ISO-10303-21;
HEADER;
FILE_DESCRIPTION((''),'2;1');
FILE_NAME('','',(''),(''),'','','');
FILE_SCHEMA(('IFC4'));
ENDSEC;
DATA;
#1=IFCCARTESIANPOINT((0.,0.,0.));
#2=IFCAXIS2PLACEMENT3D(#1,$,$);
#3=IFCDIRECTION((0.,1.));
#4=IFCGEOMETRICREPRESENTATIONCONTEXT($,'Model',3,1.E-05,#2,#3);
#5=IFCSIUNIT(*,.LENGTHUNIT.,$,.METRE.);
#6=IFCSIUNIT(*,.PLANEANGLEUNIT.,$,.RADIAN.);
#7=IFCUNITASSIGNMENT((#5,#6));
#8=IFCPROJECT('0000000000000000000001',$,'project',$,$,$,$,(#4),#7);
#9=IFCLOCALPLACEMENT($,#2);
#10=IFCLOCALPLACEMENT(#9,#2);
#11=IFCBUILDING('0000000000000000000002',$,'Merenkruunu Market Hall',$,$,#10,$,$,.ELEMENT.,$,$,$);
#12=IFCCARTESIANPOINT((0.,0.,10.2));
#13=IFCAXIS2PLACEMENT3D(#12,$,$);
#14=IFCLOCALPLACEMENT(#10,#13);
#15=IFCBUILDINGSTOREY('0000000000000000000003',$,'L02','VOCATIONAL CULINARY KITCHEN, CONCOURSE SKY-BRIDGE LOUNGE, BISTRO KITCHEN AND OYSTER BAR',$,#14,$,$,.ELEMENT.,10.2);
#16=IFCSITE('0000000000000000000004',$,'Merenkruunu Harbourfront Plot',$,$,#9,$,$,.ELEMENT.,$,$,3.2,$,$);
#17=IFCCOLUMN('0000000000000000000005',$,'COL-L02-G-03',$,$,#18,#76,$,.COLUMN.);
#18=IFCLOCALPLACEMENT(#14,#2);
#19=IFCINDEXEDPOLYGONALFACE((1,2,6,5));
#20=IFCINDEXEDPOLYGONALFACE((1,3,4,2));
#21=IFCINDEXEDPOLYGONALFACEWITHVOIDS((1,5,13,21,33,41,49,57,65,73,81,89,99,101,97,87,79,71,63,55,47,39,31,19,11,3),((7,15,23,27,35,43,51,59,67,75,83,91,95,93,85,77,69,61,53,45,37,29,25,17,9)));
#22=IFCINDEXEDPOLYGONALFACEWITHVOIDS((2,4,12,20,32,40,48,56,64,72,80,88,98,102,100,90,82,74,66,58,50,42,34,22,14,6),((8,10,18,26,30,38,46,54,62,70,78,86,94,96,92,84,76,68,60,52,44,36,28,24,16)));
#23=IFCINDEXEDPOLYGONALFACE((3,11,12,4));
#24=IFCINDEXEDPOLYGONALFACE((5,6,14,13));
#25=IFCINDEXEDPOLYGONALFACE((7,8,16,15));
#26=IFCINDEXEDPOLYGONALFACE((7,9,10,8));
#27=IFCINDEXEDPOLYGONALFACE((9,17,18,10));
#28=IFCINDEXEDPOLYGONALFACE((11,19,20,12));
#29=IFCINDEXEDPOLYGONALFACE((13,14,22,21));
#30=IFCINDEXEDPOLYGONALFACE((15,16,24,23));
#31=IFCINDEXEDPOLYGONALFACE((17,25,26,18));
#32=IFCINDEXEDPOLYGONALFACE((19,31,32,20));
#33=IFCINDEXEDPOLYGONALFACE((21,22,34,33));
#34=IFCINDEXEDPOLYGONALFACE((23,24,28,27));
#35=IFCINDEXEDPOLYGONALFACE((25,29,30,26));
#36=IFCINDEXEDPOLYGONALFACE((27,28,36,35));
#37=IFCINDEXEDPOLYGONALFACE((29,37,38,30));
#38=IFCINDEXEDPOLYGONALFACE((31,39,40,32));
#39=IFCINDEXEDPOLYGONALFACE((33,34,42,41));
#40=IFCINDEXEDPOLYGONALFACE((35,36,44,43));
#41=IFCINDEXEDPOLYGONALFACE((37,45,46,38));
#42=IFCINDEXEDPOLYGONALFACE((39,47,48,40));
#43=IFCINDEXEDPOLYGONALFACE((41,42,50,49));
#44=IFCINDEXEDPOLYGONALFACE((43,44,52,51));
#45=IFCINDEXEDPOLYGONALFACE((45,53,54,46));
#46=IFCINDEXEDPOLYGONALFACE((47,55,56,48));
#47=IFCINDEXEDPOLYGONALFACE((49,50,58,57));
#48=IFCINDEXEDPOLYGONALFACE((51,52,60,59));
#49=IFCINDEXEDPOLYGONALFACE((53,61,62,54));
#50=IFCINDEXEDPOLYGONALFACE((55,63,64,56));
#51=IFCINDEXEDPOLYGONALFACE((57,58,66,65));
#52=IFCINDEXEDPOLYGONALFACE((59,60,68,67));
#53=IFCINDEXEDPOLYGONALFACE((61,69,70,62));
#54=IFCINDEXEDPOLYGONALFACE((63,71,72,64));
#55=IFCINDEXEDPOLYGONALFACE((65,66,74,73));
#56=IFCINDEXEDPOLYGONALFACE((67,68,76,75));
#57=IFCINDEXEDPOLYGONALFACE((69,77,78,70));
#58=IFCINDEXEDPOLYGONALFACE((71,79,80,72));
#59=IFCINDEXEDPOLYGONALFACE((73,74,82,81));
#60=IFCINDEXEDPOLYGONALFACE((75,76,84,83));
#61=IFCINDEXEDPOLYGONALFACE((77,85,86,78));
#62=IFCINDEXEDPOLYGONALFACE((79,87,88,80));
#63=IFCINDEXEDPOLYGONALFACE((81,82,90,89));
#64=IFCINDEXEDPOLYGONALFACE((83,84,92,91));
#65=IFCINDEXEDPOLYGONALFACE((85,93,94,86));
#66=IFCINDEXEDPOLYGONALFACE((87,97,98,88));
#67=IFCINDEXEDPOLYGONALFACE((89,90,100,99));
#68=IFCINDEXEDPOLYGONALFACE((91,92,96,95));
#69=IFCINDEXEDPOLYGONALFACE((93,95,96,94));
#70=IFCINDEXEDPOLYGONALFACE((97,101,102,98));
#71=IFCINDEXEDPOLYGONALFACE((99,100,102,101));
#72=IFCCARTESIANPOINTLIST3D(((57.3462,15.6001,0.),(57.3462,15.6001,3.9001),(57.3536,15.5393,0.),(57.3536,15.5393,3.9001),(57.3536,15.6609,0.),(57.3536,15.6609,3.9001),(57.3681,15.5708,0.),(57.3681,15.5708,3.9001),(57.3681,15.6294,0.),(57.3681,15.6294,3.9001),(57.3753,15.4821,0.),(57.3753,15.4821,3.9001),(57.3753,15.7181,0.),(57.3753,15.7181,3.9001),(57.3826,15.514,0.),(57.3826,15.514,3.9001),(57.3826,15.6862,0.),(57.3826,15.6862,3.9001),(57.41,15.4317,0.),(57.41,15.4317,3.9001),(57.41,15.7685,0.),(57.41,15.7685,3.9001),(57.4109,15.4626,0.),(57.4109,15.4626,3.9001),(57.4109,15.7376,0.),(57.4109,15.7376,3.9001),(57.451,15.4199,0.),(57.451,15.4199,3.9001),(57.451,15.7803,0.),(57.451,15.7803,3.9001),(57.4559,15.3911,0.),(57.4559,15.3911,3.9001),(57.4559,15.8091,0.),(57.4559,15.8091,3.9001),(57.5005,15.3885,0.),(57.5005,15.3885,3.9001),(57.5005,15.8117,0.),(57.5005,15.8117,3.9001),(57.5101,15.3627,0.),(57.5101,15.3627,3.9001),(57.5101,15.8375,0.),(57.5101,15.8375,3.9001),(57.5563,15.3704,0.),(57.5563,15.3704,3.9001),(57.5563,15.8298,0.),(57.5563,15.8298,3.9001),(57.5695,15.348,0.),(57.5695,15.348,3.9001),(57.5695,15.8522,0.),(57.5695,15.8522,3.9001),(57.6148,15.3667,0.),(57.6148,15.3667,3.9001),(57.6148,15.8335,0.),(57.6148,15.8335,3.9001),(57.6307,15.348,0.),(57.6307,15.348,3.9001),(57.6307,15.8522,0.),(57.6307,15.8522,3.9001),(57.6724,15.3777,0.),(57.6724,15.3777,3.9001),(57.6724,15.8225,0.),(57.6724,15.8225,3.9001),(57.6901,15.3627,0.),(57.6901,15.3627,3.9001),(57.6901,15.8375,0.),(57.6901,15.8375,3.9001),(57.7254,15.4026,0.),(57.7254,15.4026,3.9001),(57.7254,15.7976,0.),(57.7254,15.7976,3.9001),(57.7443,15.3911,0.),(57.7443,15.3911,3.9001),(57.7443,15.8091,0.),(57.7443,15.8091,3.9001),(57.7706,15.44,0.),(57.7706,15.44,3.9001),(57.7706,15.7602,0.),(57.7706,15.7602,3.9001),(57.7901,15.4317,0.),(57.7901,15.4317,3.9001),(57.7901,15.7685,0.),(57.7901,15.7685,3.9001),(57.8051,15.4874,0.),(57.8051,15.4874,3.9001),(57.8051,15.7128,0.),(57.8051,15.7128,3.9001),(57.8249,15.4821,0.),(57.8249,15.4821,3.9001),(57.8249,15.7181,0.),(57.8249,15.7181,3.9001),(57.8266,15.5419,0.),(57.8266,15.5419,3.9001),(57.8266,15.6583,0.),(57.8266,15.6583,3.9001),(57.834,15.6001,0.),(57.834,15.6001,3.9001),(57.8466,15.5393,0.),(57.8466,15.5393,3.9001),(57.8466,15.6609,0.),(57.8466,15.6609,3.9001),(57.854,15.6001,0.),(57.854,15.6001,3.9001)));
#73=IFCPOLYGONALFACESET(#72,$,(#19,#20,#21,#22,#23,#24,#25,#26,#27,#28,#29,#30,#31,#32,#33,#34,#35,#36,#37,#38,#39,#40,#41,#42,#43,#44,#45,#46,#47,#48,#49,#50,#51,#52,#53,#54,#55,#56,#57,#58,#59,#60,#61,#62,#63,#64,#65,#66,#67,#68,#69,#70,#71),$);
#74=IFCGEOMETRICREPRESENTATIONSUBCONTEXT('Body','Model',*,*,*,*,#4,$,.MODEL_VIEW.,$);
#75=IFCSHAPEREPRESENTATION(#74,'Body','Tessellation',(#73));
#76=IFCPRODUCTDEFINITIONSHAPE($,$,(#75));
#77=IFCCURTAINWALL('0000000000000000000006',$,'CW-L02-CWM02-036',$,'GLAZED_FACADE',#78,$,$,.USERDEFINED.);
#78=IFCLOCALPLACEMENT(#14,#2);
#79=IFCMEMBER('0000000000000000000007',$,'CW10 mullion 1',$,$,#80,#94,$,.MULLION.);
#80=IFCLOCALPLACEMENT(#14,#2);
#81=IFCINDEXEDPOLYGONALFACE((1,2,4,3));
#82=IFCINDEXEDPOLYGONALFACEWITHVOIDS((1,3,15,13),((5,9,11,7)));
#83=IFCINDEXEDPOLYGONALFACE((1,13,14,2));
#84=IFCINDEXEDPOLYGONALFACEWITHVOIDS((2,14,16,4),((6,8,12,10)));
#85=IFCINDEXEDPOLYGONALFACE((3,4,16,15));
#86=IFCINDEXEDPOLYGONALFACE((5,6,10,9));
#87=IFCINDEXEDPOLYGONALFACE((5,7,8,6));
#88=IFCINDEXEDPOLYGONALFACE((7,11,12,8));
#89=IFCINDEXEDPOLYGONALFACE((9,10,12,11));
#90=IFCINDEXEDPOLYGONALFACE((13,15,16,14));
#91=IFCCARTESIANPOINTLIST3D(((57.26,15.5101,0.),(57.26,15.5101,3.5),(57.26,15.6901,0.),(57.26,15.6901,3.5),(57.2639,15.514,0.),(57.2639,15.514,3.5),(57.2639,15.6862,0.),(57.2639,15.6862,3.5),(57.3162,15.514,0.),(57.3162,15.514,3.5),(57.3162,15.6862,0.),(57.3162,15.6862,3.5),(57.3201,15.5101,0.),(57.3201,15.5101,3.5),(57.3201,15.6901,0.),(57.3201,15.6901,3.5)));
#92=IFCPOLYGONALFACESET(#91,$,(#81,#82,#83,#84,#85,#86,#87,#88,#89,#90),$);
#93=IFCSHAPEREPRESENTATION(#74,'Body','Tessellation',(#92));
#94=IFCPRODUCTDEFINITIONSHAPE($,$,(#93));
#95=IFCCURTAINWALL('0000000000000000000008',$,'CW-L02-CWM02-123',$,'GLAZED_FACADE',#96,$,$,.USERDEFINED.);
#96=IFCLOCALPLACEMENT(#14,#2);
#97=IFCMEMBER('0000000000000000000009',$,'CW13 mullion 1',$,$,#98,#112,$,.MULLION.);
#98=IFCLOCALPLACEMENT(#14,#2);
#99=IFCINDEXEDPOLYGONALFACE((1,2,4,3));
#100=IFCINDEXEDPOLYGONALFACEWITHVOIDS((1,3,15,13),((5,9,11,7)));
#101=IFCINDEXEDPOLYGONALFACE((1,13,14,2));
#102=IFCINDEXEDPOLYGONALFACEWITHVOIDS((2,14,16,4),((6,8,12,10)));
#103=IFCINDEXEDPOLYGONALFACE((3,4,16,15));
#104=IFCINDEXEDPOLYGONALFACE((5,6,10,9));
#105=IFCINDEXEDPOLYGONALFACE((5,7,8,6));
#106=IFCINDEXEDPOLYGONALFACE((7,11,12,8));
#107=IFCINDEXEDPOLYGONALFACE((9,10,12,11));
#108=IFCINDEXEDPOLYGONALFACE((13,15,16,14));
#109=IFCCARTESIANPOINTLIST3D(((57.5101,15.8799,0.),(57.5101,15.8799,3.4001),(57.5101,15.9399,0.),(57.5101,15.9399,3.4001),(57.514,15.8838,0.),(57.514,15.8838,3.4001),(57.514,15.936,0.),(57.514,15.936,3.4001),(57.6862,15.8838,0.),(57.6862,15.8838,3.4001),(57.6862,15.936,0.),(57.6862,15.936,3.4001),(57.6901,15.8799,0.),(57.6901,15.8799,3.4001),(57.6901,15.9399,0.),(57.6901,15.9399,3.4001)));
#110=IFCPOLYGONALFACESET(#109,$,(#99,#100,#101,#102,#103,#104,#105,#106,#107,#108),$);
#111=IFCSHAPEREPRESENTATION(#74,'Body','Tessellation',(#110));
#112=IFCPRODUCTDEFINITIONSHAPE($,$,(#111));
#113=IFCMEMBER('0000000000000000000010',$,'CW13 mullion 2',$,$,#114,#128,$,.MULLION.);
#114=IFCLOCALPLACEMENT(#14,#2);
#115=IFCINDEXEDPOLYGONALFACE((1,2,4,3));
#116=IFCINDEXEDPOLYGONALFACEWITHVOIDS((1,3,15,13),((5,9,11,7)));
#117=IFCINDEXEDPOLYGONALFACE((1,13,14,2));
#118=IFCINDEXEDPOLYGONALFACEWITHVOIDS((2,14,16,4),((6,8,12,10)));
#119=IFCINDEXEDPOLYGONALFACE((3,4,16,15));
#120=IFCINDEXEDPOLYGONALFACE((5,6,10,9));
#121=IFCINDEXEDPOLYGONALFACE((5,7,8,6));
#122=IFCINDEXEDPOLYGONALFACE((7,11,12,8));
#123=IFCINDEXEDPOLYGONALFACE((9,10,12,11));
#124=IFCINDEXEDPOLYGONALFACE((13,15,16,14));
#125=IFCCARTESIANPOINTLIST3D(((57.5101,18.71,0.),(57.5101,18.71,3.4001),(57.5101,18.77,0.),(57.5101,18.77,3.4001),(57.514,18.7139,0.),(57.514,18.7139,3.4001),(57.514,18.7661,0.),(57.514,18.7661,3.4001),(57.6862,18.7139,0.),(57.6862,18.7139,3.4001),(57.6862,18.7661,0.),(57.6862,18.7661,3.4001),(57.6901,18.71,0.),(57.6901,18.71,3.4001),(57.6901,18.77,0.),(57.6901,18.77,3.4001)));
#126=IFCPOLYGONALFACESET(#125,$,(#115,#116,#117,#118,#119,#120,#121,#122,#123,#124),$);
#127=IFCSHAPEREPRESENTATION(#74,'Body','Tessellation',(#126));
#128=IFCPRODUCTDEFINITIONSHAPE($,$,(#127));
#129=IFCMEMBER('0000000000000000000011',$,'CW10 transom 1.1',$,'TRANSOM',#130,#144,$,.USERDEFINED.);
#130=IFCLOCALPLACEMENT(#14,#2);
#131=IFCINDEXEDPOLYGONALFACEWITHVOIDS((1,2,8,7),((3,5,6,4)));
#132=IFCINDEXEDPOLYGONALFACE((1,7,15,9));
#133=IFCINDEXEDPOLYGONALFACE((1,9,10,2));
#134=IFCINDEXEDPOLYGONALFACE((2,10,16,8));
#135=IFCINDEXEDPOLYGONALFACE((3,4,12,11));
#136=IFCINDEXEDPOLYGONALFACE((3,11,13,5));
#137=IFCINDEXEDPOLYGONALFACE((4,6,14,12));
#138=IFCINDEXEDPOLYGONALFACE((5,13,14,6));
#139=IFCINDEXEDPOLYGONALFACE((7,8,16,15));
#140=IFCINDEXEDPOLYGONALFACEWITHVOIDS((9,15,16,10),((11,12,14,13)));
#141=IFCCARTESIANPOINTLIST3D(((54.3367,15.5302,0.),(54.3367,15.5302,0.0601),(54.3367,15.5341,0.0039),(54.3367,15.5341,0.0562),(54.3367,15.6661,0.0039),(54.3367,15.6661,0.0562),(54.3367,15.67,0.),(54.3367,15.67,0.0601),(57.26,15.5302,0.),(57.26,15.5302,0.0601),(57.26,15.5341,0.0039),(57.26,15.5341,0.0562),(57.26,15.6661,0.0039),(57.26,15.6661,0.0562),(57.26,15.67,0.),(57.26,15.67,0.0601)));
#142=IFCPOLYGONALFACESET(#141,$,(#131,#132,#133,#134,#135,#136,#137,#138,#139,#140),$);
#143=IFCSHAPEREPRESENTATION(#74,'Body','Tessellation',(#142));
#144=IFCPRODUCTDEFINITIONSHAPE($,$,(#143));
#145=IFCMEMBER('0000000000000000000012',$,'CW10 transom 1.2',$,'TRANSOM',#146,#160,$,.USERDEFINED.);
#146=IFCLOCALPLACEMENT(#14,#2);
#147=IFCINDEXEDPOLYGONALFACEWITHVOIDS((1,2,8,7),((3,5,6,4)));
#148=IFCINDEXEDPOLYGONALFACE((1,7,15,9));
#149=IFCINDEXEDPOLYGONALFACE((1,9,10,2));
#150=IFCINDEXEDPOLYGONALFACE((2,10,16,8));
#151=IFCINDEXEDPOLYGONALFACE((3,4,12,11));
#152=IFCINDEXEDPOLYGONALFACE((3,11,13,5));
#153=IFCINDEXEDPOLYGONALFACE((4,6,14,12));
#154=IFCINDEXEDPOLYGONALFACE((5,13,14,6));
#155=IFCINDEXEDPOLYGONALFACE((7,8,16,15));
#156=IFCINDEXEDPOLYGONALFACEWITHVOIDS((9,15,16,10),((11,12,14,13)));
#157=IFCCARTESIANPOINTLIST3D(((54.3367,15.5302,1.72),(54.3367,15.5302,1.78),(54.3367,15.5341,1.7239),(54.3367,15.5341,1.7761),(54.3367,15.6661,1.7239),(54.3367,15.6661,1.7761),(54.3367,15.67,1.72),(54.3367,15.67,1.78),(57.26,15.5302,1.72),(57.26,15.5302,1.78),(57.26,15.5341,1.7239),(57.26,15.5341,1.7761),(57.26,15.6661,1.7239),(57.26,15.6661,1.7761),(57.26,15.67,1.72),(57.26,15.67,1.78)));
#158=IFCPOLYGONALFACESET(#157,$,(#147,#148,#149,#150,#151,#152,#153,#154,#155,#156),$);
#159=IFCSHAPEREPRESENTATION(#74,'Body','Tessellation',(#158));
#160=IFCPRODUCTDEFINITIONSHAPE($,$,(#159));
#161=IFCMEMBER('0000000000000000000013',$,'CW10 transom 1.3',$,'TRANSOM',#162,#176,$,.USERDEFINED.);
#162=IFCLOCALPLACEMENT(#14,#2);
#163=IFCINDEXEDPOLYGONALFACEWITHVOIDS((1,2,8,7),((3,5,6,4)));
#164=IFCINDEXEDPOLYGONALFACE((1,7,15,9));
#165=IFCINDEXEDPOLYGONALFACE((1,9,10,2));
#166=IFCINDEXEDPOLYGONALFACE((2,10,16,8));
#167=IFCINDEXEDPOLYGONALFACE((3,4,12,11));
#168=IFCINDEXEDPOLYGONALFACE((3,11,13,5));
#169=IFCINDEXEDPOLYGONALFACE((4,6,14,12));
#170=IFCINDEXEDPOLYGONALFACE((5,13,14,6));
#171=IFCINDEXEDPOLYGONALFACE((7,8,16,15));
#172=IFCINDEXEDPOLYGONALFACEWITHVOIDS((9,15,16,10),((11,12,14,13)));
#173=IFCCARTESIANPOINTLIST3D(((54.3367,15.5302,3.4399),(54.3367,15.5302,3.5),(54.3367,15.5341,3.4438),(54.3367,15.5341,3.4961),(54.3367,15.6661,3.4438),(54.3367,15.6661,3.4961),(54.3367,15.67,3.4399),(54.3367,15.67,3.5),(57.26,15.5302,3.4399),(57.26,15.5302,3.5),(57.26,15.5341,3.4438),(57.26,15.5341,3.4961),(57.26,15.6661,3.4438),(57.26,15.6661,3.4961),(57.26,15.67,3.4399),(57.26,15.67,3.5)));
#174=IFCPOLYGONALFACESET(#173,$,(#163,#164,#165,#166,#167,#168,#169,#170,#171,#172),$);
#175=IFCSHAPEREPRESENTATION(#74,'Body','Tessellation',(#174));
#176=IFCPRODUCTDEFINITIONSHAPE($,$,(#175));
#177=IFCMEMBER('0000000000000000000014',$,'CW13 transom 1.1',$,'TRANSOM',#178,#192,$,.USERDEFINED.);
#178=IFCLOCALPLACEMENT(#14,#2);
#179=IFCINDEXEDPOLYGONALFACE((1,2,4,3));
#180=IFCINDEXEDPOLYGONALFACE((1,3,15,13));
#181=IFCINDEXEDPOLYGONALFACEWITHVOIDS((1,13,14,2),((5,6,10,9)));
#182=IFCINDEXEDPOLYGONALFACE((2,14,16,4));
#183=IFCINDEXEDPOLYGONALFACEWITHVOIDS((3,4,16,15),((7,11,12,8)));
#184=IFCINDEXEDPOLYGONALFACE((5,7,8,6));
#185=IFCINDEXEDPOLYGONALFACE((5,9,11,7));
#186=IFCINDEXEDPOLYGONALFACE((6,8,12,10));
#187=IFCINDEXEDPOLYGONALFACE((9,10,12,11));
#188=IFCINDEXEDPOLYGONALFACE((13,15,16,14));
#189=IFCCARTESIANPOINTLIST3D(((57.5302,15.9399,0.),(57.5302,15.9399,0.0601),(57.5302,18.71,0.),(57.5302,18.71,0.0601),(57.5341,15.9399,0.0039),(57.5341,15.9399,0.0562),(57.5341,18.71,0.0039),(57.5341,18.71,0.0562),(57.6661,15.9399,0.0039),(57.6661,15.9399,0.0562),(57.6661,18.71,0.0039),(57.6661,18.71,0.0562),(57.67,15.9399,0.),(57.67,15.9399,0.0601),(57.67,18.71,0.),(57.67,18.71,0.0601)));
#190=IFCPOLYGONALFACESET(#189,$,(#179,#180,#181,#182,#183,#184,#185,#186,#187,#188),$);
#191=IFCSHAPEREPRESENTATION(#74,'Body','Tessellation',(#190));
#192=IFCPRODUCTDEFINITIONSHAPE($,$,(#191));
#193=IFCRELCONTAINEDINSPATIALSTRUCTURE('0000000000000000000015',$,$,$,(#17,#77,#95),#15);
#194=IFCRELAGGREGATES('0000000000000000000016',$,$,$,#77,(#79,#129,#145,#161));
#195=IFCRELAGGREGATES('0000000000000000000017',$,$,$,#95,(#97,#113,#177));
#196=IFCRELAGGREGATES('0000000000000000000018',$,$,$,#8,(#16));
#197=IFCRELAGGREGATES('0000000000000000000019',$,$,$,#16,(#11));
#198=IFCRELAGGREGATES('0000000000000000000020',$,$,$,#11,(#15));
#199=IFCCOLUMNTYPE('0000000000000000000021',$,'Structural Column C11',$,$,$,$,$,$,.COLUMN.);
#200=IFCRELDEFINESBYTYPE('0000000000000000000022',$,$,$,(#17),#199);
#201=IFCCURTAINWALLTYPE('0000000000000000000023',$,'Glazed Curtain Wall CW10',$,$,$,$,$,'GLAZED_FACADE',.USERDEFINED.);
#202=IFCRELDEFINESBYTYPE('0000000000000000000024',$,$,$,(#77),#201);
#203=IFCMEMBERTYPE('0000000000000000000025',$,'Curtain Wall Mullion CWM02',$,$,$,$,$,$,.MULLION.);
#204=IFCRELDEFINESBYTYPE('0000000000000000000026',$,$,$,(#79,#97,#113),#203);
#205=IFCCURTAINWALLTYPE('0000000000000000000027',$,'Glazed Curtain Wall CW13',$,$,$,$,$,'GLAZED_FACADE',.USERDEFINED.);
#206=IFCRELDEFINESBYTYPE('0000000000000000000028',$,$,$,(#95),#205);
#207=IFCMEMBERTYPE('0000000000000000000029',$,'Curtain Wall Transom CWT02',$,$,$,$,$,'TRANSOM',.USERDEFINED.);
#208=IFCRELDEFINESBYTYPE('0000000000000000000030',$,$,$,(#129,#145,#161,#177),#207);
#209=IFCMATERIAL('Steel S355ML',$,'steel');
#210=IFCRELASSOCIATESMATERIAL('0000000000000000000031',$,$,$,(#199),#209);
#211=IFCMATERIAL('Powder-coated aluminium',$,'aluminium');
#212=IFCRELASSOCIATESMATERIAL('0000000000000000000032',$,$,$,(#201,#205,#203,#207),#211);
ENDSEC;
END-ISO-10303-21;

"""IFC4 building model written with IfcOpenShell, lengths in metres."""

from ifc_helpers import new_model, si_unit, direction, frame, origin, origin_2d, place, context, subcontext, project, spatial, hollow_rectangle, hollow_circle, extrude, material, material_profile, profile_set, type_object, element, aggregate, save


model = new_model("IFC4")

# Units and contexts
model_context = context("Model", 3, precision=1e-05, world=origin(), true_north=direction((0.0, 1.0)))
body_context = subcontext(model_context, "Body", "Model", "MODEL_VIEW")
ifc_project = project(units=[si_unit("LENGTHUNIT", "METRE"), si_unit("PLANEANGLEUNIT", "RADIAN")], contexts=[model_context])

# Site, building, storey
site_placement = place(None, origin())
site = spatial("IfcSite", under=ifc_project, at=site_placement, Name="Merenkruunu Harbourfront Plot", CompositionType="ELEMENT", RefElevation=3.2)
building_placement = place(site_placement, origin())
building = spatial("IfcBuilding", under=site, at=building_placement, Name="Merenkruunu Market Hall", CompositionType="ELEMENT")
storey_placement = place(building_placement, frame((0.0, 0.0, 10.2)))
storey = spatial("IfcBuildingStorey", under=building, at=storey_placement, Name="L02", Description="VOCATIONAL CULINARY KITCHEN, CONCOURSE SKY-BRIDGE LOUNGE, BISTRO KITCHEN AND OYSTER BAR", CompositionType="ELEMENT", Elevation=10.2)

# Column
ifc_material_1 = material(Name="Steel S355ML", Category="steel")
ifc_material_profile_1 = material_profile(ifc_material_1, hollow_circle(Radius=0.2539, WallThickness=0.02, at=origin_2d()), Name="CHS 508x20")
ifc_profile_set_1 = profile_set([ifc_material_profile_1], Name="Steel S355ML")
column_type = type_object("IfcColumnType", Name="Structural Column C11", PredefinedType="COLUMN", material=ifc_profile_set_1)
column_placement = place(storey_placement, frame((57.6001, 15.6001, 0.0), z_axis=(0.0, 0.0, 1.0), x_axis=(1.0, 0.0, 0.0)))
element("IfcColumn", 1, at=column_placement, inside=storey, type_object=column_type, Name="COL-L02-G-03", PredefinedType="COLUMN", context=body_context, shape_type="SweptSolid", body=[
    extrude(hollow_circle(Radius=0.2539, WallThickness=0.02, at=origin_2d()), origin(), (0.0, 0.0, 1.0), 3.9001),
])

# Curtain wall, member
ifc_material_2 = material(Name="Powder-coated aluminium", Category="aluminium")
curtain_wall_type_1 = type_object("IfcCurtainWallType", Name="Glazed Curtain Wall CW10", ElementType="GLAZED_FACADE", PredefinedType="USERDEFINED", material=ifc_material_2)
curtain_wall_1_placement = place(storey_placement, origin())
curtain_wall_1 = element("IfcCurtainWall", 2, at=curtain_wall_1_placement, inside=storey, type_object=curtain_wall_type_1, Name="CW-L02-CWM02-036", ObjectType="GLAZED_FACADE", PredefinedType="USERDEFINED")
ifc_material_profile_2 = material_profile(ifc_material_2, hollow_rectangle(XDim=0.0601, YDim=0.1799, WallThickness=0.0039, at=origin_2d()), Name="ALU 60x180x4")
ifc_profile_set_2 = profile_set([ifc_material_profile_2], Name="Powder-coated aluminium")
member_type_1 = type_object("IfcMemberType", Name="Curtain Wall Mullion CWM02", PredefinedType="MULLION", material=ifc_profile_set_2)
member_1_placement = place(storey_placement, frame((57.29, 15.6001, 0.0), z_axis=(0.0, 0.0, 1.0), x_axis=(-1.0, 0.0, 0.0)))
member_1 = element("IfcMember", 3, at=member_1_placement, type_object=member_type_1, Name="CW10 mullion 1", PredefinedType="MULLION", context=body_context, shape_type="SweptSolid", body=[
    extrude(hollow_rectangle(XDim=0.0601, YDim=0.1799, WallThickness=0.0039, at=origin_2d()), origin(), (0.0, 0.0, 1.0), 3.5),
])

# Curtain wall, members
curtain_wall_type_2 = type_object("IfcCurtainWallType", Name="Glazed Curtain Wall CW13", ElementType="GLAZED_FACADE", PredefinedType="USERDEFINED", material=ifc_material_2)
curtain_wall_2_placement = place(storey_placement, origin())
curtain_wall_2 = element("IfcCurtainWall", 4, at=curtain_wall_2_placement, inside=storey, type_object=curtain_wall_type_2, Name="CW-L02-CWM02-123", ObjectType="GLAZED_FACADE", PredefinedType="USERDEFINED")
member_2_placement = place(storey_placement, frame((57.6001, 15.9099, 0.0), z_axis=(0.0, 0.0, 1.0), x_axis=(0.0, 1.0, 0.0)))
member_2 = element("IfcMember", 5, at=member_2_placement, type_object=member_type_1, Name="CW13 mullion 1", PredefinedType="MULLION", context=body_context, shape_type="SweptSolid", body=[
    extrude(hollow_rectangle(XDim=0.0601, YDim=0.1799, WallThickness=0.0039, at=origin_2d()), origin(), (0.0, 0.0, 1.0), 3.4001),
])
member_3_placement = place(storey_placement, frame((57.6001, 18.74, 0.0), z_axis=(0.0, 0.0, 1.0), x_axis=(0.0, 1.0, 0.0)))
member_3 = element("IfcMember", 6, at=member_3_placement, type_object=member_type_1, Name="CW13 mullion 2", PredefinedType="MULLION", context=body_context, shape_type="SweptSolid", body=[
    extrude(hollow_rectangle(XDim=0.0601, YDim=0.1799, WallThickness=0.0039, at=origin_2d()), origin(), (0.0, 0.0, 1.0), 3.4001),
])

# Members
ifc_material_profile_3 = material_profile(ifc_material_2, hollow_rectangle(XDim=0.0601, YDim=0.1399, WallThickness=0.0039, at=origin_2d()), Name="ALU 60x140x4")
ifc_profile_set_3 = profile_set([ifc_material_profile_3], Name="Powder-coated aluminium")
member_type_2 = type_object("IfcMemberType", Name="Curtain Wall Transom CWT02", ElementType="TRANSOM", PredefinedType="USERDEFINED", material=ifc_profile_set_3)
member_4_placement = place(storey_placement, frame((57.26, 15.6001, 0.03), z_axis=(-1.0, 0.0, 0.0), x_axis=(0.0, 0.0, 1.0)))
member_4 = element("IfcMember", 7, at=member_4_placement, type_object=member_type_2, Name="CW10 transom 1.1", ObjectType="TRANSOM", PredefinedType="USERDEFINED", context=body_context, shape_type="SweptSolid", body=[
    extrude(hollow_rectangle(XDim=0.0601, YDim=0.1399, WallThickness=0.0039, at=origin_2d()), origin(), (0.0, 0.0, 1.0), 2.9233),
])
member_5_placement = place(storey_placement, frame((57.26, 15.6001, 1.75), z_axis=(-1.0, 0.0, 0.0), x_axis=(0.0, 0.0, 1.0)))
member_5 = element("IfcMember", 8, at=member_5_placement, type_object=member_type_2, Name="CW10 transom 1.2", ObjectType="TRANSOM", PredefinedType="USERDEFINED", context=body_context, shape_type="SweptSolid", body=[
    extrude(hollow_rectangle(XDim=0.0601, YDim=0.1399, WallThickness=0.0039, at=origin_2d()), origin(), (0.0, 0.0, 1.0), 2.9233),
])
member_6_placement = place(storey_placement, frame((57.26, 15.6001, 3.47), z_axis=(-1.0, 0.0, 0.0), x_axis=(0.0, 0.0, 1.0)))
member_6 = element("IfcMember", 9, at=member_6_placement, type_object=member_type_2, Name="CW10 transom 1.3", ObjectType="TRANSOM", PredefinedType="USERDEFINED", context=body_context, shape_type="SweptSolid", body=[
    extrude(hollow_rectangle(XDim=0.0601, YDim=0.1399, WallThickness=0.0039, at=origin_2d()), origin(), (0.0, 0.0, 1.0), 2.9233),
])
member_7_placement = place(storey_placement, frame((57.6001, 15.9399, 0.03), z_axis=(0.0, 1.0, 0.0), x_axis=(0.0, 0.0, 1.0)))
member_7 = element("IfcMember", 10, at=member_7_placement, type_object=member_type_2, Name="CW13 transom 1.1", ObjectType="TRANSOM", PredefinedType="USERDEFINED", context=body_context, shape_type="SweptSolid", body=[
    extrude(hollow_rectangle(XDim=0.0601, YDim=0.1399, WallThickness=0.0039, at=origin_2d()), origin(), (0.0, 0.0, 1.0), 2.77),
])

aggregate(curtain_wall_1, [member_1, member_4, member_5, member_6])
aggregate(curtain_wall_2, [member_2, member_3, member_7])

save(model, "model.ifc")
